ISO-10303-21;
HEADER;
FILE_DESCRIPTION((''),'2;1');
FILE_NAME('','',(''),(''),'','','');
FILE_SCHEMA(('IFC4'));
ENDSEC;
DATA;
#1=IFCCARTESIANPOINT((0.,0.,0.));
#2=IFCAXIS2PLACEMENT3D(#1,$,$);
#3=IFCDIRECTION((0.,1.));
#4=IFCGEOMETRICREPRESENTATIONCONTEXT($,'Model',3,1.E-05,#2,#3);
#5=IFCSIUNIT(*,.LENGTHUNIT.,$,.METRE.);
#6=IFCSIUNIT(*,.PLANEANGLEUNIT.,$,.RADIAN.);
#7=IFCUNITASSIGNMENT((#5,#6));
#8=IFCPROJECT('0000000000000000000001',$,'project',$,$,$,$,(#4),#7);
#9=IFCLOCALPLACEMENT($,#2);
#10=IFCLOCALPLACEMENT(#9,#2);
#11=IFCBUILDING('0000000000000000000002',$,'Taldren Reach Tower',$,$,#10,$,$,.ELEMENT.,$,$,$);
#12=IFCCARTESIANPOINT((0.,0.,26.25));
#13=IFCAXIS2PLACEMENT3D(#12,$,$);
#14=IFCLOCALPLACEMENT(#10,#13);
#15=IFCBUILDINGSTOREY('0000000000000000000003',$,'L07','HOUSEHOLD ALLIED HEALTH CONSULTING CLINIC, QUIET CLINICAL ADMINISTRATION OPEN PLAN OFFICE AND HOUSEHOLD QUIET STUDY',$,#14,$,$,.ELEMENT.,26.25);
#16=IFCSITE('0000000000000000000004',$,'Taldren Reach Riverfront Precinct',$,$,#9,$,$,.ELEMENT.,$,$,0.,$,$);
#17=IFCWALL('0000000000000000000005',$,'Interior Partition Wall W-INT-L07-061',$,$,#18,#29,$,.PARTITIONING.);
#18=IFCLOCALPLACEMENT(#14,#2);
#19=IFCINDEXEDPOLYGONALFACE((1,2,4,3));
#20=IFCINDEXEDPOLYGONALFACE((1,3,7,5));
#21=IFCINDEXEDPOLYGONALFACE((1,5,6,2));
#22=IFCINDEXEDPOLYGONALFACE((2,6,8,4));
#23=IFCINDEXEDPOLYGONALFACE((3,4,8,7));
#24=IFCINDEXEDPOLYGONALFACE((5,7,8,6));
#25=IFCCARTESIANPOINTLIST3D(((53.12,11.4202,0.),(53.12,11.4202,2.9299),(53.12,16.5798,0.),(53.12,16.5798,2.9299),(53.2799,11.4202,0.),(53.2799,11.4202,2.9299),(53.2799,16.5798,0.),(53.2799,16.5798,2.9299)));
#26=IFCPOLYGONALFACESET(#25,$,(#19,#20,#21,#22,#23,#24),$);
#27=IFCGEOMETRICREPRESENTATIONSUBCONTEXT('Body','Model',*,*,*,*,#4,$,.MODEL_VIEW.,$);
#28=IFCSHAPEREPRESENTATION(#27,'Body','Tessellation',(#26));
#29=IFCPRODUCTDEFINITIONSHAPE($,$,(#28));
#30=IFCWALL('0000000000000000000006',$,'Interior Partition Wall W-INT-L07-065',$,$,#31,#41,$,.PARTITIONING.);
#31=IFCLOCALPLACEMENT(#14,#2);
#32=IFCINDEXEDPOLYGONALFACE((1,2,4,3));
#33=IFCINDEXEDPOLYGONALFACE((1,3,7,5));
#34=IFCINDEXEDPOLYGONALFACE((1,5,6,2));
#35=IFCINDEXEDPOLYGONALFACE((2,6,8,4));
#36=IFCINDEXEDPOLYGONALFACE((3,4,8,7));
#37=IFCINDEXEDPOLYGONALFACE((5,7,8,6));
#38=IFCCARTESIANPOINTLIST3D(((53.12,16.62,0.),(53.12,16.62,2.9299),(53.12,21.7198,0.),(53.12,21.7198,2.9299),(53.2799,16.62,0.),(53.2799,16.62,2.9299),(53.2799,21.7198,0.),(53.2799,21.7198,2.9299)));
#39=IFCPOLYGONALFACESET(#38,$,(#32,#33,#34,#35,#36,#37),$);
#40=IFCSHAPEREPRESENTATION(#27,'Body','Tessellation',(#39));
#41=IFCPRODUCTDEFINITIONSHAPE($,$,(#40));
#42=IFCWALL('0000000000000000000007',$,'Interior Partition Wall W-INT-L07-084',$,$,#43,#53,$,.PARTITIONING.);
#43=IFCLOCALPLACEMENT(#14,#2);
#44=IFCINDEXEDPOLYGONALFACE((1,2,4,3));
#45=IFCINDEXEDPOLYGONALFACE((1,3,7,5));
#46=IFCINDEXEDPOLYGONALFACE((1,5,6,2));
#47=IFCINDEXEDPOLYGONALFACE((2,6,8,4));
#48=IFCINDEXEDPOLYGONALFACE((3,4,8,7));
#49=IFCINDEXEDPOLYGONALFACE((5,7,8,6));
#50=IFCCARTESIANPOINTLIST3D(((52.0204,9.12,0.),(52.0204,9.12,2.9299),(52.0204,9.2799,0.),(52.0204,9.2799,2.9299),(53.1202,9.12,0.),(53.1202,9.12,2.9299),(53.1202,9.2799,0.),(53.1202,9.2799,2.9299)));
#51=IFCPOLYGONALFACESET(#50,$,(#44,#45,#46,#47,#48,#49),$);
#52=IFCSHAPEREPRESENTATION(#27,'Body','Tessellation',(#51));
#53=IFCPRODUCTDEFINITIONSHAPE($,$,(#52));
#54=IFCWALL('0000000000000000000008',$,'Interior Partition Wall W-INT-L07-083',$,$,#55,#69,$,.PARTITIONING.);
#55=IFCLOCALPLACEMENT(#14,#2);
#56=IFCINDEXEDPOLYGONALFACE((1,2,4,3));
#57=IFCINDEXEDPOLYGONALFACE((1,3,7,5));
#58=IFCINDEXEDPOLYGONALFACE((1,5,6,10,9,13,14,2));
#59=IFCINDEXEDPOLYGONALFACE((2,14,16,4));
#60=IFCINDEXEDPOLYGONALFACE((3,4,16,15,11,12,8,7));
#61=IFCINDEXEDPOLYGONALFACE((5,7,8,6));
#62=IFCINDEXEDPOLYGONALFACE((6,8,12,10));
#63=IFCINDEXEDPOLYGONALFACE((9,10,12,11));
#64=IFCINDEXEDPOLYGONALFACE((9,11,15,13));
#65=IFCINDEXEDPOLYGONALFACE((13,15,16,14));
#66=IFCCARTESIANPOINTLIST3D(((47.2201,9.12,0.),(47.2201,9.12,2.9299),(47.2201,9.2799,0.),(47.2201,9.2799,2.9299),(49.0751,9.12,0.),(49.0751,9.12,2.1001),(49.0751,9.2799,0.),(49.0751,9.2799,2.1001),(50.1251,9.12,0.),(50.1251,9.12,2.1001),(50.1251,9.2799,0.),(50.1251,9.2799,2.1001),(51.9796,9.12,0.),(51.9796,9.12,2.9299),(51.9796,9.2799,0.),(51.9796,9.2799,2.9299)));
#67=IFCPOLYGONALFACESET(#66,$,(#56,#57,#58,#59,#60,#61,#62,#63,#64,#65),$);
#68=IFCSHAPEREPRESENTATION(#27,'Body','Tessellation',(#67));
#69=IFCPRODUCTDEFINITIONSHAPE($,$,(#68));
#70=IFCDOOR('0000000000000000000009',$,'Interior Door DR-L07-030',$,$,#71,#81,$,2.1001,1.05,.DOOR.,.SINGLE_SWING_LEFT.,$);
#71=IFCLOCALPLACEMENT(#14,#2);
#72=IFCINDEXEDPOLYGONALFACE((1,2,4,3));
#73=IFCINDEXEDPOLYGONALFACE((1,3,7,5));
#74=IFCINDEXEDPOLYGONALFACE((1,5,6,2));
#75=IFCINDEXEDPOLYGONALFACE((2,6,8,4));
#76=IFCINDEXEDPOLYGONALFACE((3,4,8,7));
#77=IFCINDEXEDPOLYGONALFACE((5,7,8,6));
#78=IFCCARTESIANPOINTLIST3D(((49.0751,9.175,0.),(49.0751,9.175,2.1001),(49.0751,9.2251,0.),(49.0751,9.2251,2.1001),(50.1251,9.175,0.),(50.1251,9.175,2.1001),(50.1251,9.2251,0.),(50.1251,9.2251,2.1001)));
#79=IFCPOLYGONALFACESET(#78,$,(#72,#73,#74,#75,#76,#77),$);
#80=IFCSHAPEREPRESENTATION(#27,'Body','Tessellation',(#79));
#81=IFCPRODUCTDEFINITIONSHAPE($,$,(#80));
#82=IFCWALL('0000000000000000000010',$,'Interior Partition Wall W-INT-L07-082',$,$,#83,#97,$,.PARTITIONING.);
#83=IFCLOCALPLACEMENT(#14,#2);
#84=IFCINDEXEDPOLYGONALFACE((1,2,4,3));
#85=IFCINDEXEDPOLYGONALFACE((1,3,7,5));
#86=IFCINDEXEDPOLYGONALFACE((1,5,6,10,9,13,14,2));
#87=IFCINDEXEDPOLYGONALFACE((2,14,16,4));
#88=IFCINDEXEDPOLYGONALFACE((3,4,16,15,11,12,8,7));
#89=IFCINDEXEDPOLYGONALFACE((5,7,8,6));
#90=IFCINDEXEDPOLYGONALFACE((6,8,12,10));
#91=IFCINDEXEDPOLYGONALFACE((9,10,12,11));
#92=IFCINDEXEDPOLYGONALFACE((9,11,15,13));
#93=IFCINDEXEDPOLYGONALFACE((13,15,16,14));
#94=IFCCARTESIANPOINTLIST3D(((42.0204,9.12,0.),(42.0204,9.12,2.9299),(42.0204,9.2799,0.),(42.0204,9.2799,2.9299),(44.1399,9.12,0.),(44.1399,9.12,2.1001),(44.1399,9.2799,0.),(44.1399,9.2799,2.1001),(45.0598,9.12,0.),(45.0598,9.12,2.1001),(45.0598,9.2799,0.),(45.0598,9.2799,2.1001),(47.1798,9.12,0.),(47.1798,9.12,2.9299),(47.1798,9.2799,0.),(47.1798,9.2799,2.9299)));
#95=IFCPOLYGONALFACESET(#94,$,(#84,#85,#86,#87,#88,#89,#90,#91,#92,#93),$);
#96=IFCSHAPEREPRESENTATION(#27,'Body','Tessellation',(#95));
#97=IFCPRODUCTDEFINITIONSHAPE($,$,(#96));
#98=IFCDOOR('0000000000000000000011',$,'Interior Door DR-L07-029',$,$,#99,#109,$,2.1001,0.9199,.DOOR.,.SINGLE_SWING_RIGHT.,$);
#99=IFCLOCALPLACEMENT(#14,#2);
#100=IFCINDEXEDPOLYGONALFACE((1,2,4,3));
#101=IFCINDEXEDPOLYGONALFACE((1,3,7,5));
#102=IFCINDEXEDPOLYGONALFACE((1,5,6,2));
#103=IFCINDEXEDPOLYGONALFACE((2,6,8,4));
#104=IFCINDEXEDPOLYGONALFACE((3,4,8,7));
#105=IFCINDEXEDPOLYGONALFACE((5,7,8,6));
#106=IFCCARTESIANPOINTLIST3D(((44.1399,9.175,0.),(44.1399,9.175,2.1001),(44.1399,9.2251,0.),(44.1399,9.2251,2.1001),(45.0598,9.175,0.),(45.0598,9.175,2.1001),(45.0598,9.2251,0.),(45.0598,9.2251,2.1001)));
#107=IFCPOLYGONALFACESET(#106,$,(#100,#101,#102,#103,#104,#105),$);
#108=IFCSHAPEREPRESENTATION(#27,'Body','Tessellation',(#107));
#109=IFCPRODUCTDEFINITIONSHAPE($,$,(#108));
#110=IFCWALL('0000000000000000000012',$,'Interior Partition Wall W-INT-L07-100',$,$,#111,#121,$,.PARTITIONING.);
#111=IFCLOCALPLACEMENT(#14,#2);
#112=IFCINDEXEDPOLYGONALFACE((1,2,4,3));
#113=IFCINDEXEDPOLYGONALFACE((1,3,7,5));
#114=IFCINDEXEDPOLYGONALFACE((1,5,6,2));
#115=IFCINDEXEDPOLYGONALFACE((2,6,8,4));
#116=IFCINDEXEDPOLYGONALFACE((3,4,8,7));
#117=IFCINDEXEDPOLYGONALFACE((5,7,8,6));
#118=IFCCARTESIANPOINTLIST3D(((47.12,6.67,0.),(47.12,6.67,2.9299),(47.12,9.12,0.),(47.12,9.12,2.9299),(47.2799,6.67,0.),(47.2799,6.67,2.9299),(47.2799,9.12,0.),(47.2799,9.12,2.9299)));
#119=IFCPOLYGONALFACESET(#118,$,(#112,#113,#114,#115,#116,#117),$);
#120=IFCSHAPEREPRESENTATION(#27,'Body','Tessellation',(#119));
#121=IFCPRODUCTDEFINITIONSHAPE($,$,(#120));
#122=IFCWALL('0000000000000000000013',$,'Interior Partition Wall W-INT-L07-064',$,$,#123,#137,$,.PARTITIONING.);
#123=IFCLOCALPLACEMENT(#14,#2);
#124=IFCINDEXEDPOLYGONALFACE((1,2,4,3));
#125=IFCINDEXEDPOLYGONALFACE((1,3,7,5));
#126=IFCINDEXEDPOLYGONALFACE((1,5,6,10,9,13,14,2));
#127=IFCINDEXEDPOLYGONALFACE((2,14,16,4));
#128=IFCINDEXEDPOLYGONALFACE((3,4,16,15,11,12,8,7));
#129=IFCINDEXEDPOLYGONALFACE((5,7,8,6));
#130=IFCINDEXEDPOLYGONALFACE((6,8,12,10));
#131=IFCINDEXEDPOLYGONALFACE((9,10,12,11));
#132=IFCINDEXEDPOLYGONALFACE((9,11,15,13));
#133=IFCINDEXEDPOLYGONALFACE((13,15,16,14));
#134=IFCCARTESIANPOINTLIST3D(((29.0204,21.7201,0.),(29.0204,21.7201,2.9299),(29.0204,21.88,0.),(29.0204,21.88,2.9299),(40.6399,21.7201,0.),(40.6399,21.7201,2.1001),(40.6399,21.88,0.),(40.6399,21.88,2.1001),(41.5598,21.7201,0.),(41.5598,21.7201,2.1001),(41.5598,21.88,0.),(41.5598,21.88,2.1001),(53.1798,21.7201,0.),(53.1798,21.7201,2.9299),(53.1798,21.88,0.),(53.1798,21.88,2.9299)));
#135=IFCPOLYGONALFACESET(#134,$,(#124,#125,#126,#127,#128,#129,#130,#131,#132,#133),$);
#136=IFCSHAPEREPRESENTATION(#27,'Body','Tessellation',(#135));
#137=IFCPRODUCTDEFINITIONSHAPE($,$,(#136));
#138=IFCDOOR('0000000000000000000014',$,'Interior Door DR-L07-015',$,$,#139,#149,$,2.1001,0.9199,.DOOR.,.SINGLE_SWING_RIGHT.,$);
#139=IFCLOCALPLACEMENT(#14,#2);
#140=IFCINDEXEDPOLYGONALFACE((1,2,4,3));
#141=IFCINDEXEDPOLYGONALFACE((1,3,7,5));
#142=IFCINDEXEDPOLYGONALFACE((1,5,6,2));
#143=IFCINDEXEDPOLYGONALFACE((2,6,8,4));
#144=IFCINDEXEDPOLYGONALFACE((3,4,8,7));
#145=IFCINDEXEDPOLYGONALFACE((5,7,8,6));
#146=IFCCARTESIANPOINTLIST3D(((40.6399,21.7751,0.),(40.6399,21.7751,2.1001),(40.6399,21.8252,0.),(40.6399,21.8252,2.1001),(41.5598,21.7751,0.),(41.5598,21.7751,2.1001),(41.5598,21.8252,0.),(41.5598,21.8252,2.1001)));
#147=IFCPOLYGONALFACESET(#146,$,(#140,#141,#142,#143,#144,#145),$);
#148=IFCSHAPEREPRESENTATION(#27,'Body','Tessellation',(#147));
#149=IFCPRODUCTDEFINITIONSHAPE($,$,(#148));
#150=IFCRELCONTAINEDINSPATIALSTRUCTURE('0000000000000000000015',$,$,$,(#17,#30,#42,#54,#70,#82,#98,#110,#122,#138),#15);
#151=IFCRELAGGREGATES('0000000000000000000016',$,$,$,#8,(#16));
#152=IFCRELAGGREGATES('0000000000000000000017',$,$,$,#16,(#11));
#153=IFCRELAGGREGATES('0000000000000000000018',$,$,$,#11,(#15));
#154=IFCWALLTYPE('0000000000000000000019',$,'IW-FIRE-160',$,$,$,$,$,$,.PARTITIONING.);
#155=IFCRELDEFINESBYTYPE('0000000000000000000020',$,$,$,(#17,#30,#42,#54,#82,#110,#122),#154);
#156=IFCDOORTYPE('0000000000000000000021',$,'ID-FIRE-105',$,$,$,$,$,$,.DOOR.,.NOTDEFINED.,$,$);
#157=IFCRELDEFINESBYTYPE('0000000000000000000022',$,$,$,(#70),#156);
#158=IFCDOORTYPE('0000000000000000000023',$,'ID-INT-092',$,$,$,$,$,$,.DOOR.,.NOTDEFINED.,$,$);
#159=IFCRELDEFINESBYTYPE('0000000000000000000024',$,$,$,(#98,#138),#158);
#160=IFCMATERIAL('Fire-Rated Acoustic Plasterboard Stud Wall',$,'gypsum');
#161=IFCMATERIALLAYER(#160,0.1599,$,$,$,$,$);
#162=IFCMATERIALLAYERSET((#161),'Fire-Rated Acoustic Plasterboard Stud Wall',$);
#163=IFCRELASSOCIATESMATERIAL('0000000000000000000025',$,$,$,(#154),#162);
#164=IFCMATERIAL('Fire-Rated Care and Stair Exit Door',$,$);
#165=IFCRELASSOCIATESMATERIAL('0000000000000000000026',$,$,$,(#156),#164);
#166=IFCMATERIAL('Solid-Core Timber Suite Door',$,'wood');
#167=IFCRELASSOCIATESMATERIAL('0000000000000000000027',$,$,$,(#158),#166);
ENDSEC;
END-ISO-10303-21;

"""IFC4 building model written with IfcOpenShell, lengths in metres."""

from ifc_helpers import new_model, si_unit, direction, frame, frame_2d, origin, place, context, subcontext, project, spatial, rectangle, extrude, source, transform, mapped, material, layer, layer_set, type_object, element, fill, save


model = new_model("IFC4")

# Units and contexts
model_context = context("Model", 3, precision=1e-05, world=origin(), true_north=direction((0.0, 1.0)))
body_context = subcontext(model_context, "Body", "Model", "MODEL_VIEW")
ifc_project = project(units=[si_unit("LENGTHUNIT", "METRE"), si_unit("PLANEANGLEUNIT", "RADIAN")], contexts=[model_context])

# Site, building, storey
site_placement = place(None, origin())
site = spatial("IfcSite", under=ifc_project, at=site_placement, Name="Taldren Reach Riverfront Precinct", CompositionType="ELEMENT", RefElevation=0.0)
building_placement = place(site_placement, origin())
building = spatial("IfcBuilding", under=site, at=building_placement, Name="Taldren Reach Tower", CompositionType="ELEMENT")
storey_placement = place(building_placement, frame((0.0, 0.0, 26.25)))
storey = spatial("IfcBuildingStorey", under=building, at=storey_placement, Name="L07", Description="HOUSEHOLD ALLIED HEALTH CONSULTING CLINIC, QUIET CLINICAL ADMINISTRATION OPEN PLAN OFFICE AND HOUSEHOLD QUIET STUDY", CompositionType="ELEMENT", Elevation=26.25)

# Walls
ifc_material_1 = material(Name="Fire-Rated Acoustic Plasterboard Stud Wall", Category="gypsum")
ifc_layer_1 = layer(ifc_material_1, 0.1599)
ifc_layer_set_1 = layer_set([ifc_layer_1], Name="Fire-Rated Acoustic Plasterboard Stud Wall")
wall_type_1 = type_object("IfcWallType", Name="IW-FIRE-160", PredefinedType="PARTITIONING", material=ifc_layer_set_1)
shared_shape_1 = source(origin(), body_context, "Body", "SweptSolid", [
    extrude(rectangle(XDim=5.1597, YDim=0.1599, at=frame_2d((2.5798, 0.0))), origin(), (0.0, 0.0, 1.0), 2.9299),
])
wall_1_placement = place(storey_placement, frame((53.2, 11.4202, 0.0), z_axis=(0.0, 0.0, 1.0), x_axis=(0.0, 1.0, 0.0)))
element("IfcWall", 1, at=wall_1_placement, inside=storey, type_object=wall_type_1, Name="Interior Partition Wall W-INT-L07-061", PredefinedType="PARTITIONING", context=body_context, shape_type="MappedRepresentation", body=[
    mapped(shared_shape_1, transform((0.0, 0.0, 0.0), scale=1.0)),
])
shared_shape_2 = source(origin(), body_context, "Body", "SweptSolid", [
    extrude(rectangle(XDim=5.0999, YDim=0.1599, at=frame_2d((2.5498, 0.0))), origin(), (0.0, 0.0, 1.0), 2.9299),
])
wall_2_placement = place(storey_placement, frame((53.2, 16.6201, 0.0), z_axis=(0.0, 0.0, 1.0), x_axis=(0.0, 1.0, 0.0)))
element("IfcWall", 2, at=wall_2_placement, inside=storey, type_object=wall_type_1, Name="Interior Partition Wall W-INT-L07-065", PredefinedType="PARTITIONING", context=body_context, shape_type="MappedRepresentation", body=[
    mapped(shared_shape_2, transform((0.0, 0.0, 0.0), scale=1.0)),
])
shared_shape_3 = source(origin(), body_context, "Body", "SweptSolid", [
    extrude(rectangle(XDim=1.0999, YDim=0.1599, at=frame_2d((0.5498, 0.0))), origin(), (0.0, 0.0, 1.0), 2.9299),
])
wall_3_placement = place(storey_placement, frame((53.1201, 9.2, 0.0), z_axis=(0.0, 0.0, 1.0), x_axis=(-1.0, 0.0, 0.0)))
element("IfcWall", 3, at=wall_3_placement, inside=storey, type_object=wall_type_1, Name="Interior Partition Wall W-INT-L07-084", PredefinedType="PARTITIONING", context=body_context, shape_type="MappedRepresentation", body=[
    mapped(shared_shape_3, transform((0.0, 0.0, 0.0), scale=1.0)),
])

# Walls, openings, doors
shared_shape_4 = source(origin(), body_context, "Body", "SweptSolid", [
    extrude(rectangle(XDim=4.7595, YDim=0.1599, at=frame_2d((2.3799, 0.0))), origin(), (0.0, 0.0, 1.0), 2.9299),
])
wall_4_placement = place(storey_placement, frame((51.9797, 9.2, 0.0), z_axis=(0.0, 0.0, 1.0), x_axis=(-1.0, 0.0, 0.0)))
wall_4 = element("IfcWall", 4, at=wall_4_placement, inside=storey, type_object=wall_type_1, Name="Interior Partition Wall W-INT-L07-083", PredefinedType="PARTITIONING", context=body_context, shape_type="MappedRepresentation", body=[
    mapped(shared_shape_4, transform((0.0, 0.0, 0.0), scale=1.0)),
])
shared_shape_5 = source(origin(), body_context, "Body", "SweptSolid", [
    extrude(rectangle(XDim=1.05, YDim=2.1001, at=frame_2d((0.5249, 1.05))), frame((0.0, 0.0898, 0.0), z_axis=(0.0, -1.0, 0.0), x_axis=(1.0, 0.0, 0.0)), (0.0, 0.0, 1.0), 0.1799),
])
opening_1_placement = place(wall_4_placement, frame((1.8547, 0.0, 0.0)))
opening_1 = element("IfcOpeningElement", 5, at=opening_1_placement, cuts=wall_4, PredefinedType="OPENING", context=body_context, shape_type="MappedRepresentation", body=[
    mapped(shared_shape_5, transform((0.0, 0.0, 0.0), scale=1.0)),
])
ifc_material_2 = material(Name="Fire-Rated Care and Stair Exit Door")
door_type_1 = type_object("IfcDoorType", Name="ID-FIRE-105", OperationType="NOTDEFINED", PredefinedType="DOOR", material=ifc_material_2)
shared_shape_6 = source(origin(), body_context, "Body", "SweptSolid", [
    extrude(rectangle(XDim=1.05, YDim=2.1001, at=frame_2d((0.5249, 1.05))), frame((0.0, 0.0249, 0.0), z_axis=(0.0, -1.0, 0.0), x_axis=(1.0, 0.0, 0.0)), (0.0, 0.0, 1.0), 0.05),
])
door_1_placement = place(opening_1_placement, origin())
door_1 = element("IfcDoor", 6, at=door_1_placement, inside=storey, type_object=door_type_1, Name="Interior Door DR-L07-030", OperationType="SINGLE_SWING_LEFT", OverallHeight=2.1001, OverallWidth=1.05, PredefinedType="DOOR", context=body_context, shape_type="MappedRepresentation", body=[
    mapped(shared_shape_6, transform((0.0, 0.0, 0.0), scale=1.0)),
])
fill(opening_1, door_1)
shared_shape_7 = source(origin(), body_context, "Body", "SweptSolid", [
    extrude(rectangle(XDim=5.1594, YDim=0.1599, at=frame_2d((2.5796, 0.0))), origin(), (0.0, 0.0, 1.0), 2.9299),
])
wall_5_placement = place(storey_placement, frame((47.1797, 9.2, 0.0), z_axis=(0.0, 0.0, 1.0), x_axis=(-1.0, 0.0, 0.0)))
wall_5 = element("IfcWall", 7, at=wall_5_placement, inside=storey, type_object=wall_type_1, Name="Interior Partition Wall W-INT-L07-082", PredefinedType="PARTITIONING", context=body_context, shape_type="MappedRepresentation", body=[
    mapped(shared_shape_7, transform((0.0, 0.0, 0.0), scale=1.0)),
])
shared_shape_8 = source(origin(), body_context, "Body", "SweptSolid", [
    extrude(rectangle(XDim=0.9199, YDim=2.1001, at=frame_2d((0.46, 1.05))), frame((0.0, 0.0898, 0.0), z_axis=(0.0, -1.0, 0.0), x_axis=(1.0, 0.0, 0.0)), (0.0, 0.0, 1.0), 0.1799),
])
opening_2_placement = place(wall_5_placement, frame((2.1199, 0.0, 0.0)))
opening_2 = element("IfcOpeningElement", 8, at=opening_2_placement, cuts=wall_5, PredefinedType="OPENING", context=body_context, shape_type="MappedRepresentation", body=[
    mapped(shared_shape_8, transform((0.0, 0.0, 0.0), scale=1.0)),
])
ifc_material_3 = material(Name="Solid-Core Timber Suite Door", Category="wood")
door_type_2 = type_object("IfcDoorType", Name="ID-INT-092", OperationType="NOTDEFINED", PredefinedType="DOOR", material=ifc_material_3)
shared_shape_9 = source(origin(), body_context, "Body", "SweptSolid", [
    extrude(rectangle(XDim=0.9199, YDim=2.1001, at=frame_2d((0.46, 1.05))), frame((0.0, 0.0249, 0.0), z_axis=(0.0, -1.0, 0.0), x_axis=(1.0, 0.0, 0.0)), (0.0, 0.0, 1.0), 0.05),
])
door_2_placement = place(opening_2_placement, origin())
door_2 = element("IfcDoor", 9, at=door_2_placement, inside=storey, type_object=door_type_2, Name="Interior Door DR-L07-029", OperationType="SINGLE_SWING_RIGHT", OverallHeight=2.1001, OverallWidth=0.9199, PredefinedType="DOOR", context=body_context, shape_type="MappedRepresentation", body=[
    mapped(shared_shape_9, transform((0.0, 0.0, 0.0), scale=1.0)),
])
fill(opening_2, door_2)

# Wall
shared_shape_10 = source(origin(), body_context, "Body", "SweptSolid", [
    extrude(rectangle(XDim=2.45, YDim=0.1599, at=frame_2d((1.2251, 0.0))), origin(), (0.0, 0.0, 1.0), 2.9299),
])
wall_6_placement = place(storey_placement, frame((47.2, 9.1201, 0.0), z_axis=(0.0, 0.0, 1.0), x_axis=(0.0, -1.0, 0.0)))
element("IfcWall", 10, at=wall_6_placement, inside=storey, type_object=wall_type_1, Name="Interior Partition Wall W-INT-L07-100", PredefinedType="PARTITIONING", context=body_context, shape_type="MappedRepresentation", body=[
    mapped(shared_shape_10, transform((0.0, 0.0, 0.0), scale=1.0)),
])

# Wall, opening, door
shared_shape_11 = source(origin(), body_context, "Body", "SweptSolid", [
    extrude(rectangle(XDim=24.1594, YDim=0.1599, at=frame_2d((12.0796, 0.0))), origin(), (0.0, 0.0, 1.0), 2.9299),
])
wall_7_placement = place(storey_placement, frame((53.1797, 21.8, 0.0), z_axis=(0.0, 0.0, 1.0), x_axis=(-1.0, 0.0, 0.0)))
wall_7 = element("IfcWall", 11, at=wall_7_placement, inside=storey, type_object=wall_type_1, Name="Interior Partition Wall W-INT-L07-064", PredefinedType="PARTITIONING", context=body_context, shape_type="MappedRepresentation", body=[
    mapped(shared_shape_11, transform((0.0, 0.0, 0.0), scale=1.0)),
])
opening_3_placement = place(wall_7_placement, frame((11.6199, 0.0, 0.0)))
opening_3 = element("IfcOpeningElement", 12, at=opening_3_placement, cuts=wall_7, PredefinedType="OPENING", context=body_context, shape_type="MappedRepresentation", body=[
    mapped(shared_shape_8, transform((0.0, 0.0, 0.0), scale=1.0)),
])
door_3_placement = place(opening_3_placement, origin())
door_3 = element("IfcDoor", 13, at=door_3_placement, inside=storey, type_object=door_type_2, Name="Interior Door DR-L07-015", OperationType="SINGLE_SWING_RIGHT", OverallHeight=2.1001, OverallWidth=0.9199, PredefinedType="DOOR", context=body_context, shape_type="MappedRepresentation", body=[
    mapped(shared_shape_9, transform((0.0, 0.0, 0.0), scale=1.0)),
])
fill(opening_3, door_3)

save(model, "model.ifc")
